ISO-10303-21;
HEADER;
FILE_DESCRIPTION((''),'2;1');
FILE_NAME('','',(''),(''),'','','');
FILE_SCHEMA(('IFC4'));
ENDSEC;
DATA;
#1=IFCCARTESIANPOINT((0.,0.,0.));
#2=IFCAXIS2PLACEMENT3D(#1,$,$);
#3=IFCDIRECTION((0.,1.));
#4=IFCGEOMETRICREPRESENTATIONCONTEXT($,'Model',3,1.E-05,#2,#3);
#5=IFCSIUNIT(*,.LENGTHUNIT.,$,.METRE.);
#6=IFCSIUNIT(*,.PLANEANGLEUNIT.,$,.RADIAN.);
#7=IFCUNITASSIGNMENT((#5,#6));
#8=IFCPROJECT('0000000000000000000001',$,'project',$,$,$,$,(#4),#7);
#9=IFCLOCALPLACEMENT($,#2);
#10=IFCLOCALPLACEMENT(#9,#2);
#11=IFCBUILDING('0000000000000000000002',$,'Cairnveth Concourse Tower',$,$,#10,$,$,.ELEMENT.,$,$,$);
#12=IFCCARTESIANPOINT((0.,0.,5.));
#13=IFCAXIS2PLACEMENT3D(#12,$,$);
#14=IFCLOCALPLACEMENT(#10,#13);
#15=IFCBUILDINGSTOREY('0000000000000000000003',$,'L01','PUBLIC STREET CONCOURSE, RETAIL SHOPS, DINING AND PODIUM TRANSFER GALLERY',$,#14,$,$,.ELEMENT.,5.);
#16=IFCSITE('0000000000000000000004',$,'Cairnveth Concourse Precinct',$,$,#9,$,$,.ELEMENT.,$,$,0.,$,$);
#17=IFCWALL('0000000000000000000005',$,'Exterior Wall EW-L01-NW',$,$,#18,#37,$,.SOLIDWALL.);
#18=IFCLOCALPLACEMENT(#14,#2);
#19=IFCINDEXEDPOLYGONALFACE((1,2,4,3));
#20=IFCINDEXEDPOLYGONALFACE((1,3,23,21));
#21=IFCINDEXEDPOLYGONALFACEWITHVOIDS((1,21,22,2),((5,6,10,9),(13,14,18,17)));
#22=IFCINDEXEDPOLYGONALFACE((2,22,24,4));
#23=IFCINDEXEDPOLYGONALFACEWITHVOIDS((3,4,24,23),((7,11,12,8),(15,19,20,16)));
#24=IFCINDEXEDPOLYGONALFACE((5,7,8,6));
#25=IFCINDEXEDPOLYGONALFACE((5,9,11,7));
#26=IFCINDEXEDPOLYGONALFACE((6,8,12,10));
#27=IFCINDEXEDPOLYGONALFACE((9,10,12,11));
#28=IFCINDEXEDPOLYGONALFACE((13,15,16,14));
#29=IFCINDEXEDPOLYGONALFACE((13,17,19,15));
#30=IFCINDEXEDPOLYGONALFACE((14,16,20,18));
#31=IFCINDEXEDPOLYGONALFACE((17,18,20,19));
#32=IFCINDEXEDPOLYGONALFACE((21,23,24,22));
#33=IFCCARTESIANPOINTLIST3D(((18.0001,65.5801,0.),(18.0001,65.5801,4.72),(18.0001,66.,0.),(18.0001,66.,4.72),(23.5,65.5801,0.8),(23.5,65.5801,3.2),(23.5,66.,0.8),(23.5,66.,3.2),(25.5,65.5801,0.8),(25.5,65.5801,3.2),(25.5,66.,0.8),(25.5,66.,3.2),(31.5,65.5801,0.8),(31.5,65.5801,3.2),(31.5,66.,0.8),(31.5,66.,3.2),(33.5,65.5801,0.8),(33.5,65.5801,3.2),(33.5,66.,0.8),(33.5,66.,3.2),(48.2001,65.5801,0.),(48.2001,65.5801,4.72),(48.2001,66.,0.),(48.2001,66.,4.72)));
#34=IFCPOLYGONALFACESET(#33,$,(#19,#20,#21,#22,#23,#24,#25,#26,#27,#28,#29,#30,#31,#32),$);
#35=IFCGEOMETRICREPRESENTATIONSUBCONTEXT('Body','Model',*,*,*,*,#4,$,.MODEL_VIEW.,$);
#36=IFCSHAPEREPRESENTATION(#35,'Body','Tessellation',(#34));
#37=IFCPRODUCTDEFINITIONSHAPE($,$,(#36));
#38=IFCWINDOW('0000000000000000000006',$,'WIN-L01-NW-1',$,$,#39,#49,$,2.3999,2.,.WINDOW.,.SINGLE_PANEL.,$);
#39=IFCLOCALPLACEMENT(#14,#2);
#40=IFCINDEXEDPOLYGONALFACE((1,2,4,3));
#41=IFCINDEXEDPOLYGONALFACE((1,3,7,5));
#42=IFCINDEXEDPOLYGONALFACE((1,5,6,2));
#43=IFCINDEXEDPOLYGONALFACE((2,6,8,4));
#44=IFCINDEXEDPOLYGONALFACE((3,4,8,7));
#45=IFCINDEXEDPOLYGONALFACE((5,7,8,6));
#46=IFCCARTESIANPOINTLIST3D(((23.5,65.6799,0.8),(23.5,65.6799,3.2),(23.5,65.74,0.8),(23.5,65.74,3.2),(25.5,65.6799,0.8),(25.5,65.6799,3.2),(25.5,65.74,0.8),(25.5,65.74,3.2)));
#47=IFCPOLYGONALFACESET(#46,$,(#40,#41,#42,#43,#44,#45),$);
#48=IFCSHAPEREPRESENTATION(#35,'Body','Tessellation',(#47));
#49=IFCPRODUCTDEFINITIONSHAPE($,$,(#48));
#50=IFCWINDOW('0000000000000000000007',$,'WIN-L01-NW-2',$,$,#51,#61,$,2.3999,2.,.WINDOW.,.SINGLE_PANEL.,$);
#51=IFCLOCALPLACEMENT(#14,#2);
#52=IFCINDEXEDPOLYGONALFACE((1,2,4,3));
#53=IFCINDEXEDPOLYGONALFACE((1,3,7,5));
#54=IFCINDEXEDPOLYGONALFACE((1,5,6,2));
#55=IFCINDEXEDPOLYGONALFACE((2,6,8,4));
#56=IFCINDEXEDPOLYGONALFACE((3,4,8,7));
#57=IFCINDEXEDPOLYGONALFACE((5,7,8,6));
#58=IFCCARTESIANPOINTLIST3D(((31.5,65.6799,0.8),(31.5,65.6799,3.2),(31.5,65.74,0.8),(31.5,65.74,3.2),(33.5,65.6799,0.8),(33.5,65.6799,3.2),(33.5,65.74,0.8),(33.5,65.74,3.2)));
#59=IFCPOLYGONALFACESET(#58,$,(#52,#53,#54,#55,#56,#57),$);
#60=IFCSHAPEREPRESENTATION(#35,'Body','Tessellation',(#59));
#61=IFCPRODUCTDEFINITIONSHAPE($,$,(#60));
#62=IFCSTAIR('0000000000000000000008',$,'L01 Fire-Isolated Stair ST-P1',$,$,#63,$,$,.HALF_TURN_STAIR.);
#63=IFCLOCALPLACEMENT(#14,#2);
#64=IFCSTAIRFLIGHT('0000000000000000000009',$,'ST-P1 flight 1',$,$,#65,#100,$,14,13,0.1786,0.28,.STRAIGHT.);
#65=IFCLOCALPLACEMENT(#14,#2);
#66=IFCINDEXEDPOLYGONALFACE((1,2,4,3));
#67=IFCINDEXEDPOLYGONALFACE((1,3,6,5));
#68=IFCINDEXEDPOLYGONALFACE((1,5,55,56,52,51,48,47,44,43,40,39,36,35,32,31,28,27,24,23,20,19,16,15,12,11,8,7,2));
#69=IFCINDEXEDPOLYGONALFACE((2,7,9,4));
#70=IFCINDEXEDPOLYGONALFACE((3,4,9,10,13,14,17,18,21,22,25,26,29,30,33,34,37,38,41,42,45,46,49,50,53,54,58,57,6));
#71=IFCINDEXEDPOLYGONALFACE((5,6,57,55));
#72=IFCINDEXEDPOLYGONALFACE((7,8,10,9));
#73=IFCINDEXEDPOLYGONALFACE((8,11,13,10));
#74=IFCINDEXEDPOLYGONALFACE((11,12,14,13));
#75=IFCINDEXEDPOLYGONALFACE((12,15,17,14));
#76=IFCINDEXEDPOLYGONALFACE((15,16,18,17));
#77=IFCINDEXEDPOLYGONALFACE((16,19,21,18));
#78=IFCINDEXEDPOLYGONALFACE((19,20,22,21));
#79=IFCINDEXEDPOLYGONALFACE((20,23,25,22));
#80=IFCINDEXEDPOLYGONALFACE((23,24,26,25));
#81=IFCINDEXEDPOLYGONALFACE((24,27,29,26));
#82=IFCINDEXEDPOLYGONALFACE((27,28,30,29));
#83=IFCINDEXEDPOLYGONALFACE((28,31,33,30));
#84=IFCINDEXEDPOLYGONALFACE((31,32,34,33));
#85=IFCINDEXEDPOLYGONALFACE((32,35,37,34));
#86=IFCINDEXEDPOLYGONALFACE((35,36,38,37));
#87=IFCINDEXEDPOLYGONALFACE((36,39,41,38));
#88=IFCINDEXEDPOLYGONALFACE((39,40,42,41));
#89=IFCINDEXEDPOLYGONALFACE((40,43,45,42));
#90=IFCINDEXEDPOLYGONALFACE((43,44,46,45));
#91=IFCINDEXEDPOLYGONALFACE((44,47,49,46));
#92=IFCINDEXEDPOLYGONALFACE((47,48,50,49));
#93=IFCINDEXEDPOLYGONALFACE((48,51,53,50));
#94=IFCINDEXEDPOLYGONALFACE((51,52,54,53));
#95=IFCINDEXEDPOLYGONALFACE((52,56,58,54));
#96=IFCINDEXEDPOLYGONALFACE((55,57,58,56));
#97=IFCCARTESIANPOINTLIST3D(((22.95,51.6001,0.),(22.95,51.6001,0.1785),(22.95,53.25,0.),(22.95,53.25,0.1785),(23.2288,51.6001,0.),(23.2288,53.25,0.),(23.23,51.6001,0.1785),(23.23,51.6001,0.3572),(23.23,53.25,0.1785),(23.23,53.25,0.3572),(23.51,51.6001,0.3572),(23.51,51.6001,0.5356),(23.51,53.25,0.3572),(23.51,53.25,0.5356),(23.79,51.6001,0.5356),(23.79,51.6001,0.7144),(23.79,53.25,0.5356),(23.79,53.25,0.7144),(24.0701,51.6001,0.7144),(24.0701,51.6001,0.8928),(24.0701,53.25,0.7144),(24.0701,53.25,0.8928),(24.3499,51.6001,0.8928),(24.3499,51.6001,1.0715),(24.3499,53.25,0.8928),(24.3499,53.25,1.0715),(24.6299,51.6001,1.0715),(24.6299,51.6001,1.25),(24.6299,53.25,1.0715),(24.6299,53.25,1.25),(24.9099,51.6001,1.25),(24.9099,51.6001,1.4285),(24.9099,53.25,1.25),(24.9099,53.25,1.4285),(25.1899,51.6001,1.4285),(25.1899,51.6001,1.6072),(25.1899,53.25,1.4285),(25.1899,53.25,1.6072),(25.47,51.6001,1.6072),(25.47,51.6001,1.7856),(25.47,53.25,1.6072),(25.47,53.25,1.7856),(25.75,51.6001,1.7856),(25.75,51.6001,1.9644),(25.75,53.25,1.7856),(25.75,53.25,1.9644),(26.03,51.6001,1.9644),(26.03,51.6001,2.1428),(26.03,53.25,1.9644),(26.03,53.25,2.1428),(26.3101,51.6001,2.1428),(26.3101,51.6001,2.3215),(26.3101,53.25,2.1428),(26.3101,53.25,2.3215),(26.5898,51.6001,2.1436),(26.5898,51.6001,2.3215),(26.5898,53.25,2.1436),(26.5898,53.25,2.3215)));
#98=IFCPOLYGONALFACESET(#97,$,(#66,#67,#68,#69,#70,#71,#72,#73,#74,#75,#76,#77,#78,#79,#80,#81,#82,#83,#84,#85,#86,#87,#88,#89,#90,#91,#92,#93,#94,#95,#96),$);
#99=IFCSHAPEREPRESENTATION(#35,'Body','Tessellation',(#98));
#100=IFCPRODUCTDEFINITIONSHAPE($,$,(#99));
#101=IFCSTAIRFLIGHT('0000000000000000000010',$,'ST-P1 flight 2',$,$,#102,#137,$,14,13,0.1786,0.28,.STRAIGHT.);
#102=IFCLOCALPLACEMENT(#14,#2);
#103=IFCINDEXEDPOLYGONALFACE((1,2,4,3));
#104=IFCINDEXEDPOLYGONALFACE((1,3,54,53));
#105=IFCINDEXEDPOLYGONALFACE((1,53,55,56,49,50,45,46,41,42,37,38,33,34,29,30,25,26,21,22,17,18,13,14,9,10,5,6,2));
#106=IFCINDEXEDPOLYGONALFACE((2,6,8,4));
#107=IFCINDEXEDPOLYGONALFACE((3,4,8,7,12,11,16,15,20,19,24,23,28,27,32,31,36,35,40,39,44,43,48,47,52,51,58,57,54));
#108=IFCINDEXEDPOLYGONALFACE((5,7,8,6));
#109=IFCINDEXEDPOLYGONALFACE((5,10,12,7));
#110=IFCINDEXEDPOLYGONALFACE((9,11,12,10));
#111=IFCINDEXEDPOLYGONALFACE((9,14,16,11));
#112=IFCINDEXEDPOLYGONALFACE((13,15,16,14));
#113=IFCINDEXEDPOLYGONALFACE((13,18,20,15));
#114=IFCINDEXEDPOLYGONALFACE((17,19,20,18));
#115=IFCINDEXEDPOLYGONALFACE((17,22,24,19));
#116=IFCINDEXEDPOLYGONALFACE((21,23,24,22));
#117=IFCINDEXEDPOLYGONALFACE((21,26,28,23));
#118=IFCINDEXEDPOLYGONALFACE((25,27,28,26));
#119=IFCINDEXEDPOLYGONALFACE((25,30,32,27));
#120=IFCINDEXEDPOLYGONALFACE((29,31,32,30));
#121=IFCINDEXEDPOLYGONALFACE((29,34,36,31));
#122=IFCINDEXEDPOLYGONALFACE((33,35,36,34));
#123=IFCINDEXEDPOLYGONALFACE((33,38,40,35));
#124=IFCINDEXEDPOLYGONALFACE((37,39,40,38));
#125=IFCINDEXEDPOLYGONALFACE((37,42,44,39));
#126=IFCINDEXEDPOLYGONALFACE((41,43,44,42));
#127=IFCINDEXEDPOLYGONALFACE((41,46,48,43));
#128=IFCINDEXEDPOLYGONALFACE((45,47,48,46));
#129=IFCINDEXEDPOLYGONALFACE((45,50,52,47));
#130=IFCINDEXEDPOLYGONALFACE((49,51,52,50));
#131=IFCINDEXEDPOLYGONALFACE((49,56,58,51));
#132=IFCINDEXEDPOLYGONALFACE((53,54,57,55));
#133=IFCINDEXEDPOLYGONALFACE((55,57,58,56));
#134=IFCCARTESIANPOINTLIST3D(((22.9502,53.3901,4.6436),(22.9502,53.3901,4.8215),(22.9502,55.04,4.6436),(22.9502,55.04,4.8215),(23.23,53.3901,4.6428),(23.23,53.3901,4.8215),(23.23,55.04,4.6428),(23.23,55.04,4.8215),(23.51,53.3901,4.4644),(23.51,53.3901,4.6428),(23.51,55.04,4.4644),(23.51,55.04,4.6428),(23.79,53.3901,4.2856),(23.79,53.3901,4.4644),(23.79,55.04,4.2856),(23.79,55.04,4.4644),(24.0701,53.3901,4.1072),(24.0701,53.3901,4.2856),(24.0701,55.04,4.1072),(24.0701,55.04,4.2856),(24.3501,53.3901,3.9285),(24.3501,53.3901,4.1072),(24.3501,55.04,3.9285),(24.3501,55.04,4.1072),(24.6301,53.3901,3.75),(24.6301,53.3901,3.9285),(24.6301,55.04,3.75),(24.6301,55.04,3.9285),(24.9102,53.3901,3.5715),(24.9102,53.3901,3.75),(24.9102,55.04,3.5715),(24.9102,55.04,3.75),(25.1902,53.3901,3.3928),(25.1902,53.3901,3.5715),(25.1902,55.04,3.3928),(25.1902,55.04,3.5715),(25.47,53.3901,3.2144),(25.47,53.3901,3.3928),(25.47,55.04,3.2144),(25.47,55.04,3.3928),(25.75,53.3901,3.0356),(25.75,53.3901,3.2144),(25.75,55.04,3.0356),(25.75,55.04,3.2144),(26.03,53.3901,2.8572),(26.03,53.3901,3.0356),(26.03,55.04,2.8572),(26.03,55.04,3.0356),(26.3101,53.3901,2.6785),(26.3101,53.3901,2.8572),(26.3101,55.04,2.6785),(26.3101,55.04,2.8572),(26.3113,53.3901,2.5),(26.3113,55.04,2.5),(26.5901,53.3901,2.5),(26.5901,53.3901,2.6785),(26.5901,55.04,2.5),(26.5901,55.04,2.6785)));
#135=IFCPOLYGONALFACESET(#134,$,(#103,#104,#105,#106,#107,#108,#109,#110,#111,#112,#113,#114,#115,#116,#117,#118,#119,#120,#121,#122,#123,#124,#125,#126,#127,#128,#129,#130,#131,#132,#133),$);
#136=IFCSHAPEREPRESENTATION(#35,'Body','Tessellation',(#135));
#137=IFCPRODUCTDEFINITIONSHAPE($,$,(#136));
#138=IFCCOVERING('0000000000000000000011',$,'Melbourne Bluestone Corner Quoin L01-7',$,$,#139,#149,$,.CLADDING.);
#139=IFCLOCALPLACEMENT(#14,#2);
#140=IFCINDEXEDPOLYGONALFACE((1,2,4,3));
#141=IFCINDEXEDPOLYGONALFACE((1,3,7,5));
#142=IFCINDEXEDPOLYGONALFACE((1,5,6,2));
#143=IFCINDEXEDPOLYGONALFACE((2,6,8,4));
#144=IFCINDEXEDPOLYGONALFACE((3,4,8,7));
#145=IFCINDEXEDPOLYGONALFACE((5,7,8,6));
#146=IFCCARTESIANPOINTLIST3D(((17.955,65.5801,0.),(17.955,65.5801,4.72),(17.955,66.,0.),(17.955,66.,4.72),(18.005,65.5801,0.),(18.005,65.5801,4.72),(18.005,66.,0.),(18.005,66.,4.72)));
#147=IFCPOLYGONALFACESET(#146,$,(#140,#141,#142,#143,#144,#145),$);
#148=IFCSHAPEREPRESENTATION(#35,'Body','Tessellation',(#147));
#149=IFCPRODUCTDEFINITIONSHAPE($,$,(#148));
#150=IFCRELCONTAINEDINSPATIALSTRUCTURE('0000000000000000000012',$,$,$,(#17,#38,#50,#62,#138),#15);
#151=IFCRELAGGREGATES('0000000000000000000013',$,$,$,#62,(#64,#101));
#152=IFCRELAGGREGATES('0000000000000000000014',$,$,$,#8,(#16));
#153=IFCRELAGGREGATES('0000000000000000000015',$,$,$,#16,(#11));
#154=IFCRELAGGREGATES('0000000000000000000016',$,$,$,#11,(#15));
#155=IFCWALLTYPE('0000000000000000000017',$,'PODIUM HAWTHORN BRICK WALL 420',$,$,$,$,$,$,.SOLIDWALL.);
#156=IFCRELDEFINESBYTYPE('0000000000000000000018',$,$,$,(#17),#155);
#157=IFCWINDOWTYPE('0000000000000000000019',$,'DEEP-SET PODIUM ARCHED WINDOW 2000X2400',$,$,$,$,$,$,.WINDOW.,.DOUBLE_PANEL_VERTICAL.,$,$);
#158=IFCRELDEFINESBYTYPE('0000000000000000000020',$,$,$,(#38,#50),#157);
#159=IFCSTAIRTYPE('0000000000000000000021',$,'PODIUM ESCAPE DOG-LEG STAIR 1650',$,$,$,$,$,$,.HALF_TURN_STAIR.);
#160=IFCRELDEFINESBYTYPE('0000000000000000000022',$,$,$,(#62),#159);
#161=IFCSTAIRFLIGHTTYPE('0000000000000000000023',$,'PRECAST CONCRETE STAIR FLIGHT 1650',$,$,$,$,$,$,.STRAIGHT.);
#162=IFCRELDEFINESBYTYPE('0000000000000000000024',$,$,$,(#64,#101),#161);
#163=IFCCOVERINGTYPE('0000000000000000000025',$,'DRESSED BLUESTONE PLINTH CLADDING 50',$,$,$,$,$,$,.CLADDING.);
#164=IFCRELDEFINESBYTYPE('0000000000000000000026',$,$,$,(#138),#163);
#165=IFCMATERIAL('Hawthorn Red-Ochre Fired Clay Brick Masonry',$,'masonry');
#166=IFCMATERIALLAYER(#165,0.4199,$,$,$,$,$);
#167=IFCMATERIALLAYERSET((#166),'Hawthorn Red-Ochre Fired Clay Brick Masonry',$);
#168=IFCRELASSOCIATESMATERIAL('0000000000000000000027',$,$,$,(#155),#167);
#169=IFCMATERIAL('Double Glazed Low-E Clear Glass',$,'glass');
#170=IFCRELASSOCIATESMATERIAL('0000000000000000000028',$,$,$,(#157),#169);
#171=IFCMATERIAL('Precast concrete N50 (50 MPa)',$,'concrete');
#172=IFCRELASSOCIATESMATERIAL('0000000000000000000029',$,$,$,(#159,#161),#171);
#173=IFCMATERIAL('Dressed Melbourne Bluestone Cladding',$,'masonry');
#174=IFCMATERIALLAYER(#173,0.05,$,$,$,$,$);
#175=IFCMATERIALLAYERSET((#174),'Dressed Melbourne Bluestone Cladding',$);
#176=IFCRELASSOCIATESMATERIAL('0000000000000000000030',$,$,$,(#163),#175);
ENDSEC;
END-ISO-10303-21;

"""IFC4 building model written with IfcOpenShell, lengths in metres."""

from ifc_helpers import new_model, si_unit, direction, frame, frame_2d, origin, place, context, subcontext, project, spatial, polyline, rectangle, outline, extrude, material, layer, layer_set, type_object, element, fill, aggregate, save


model = new_model("IFC4")

# Units and contexts
model_context = context("Model", 3, precision=1e-05, world=origin(), true_north=direction((0.0, 1.0)))
body_context = subcontext(model_context, "Body", "Model", "MODEL_VIEW")
ifc_project = project(units=[si_unit("LENGTHUNIT", "METRE"), si_unit("PLANEANGLEUNIT", "RADIAN")], contexts=[model_context])

# Site, building, storey
site_placement = place(None, origin())
site = spatial("IfcSite", under=ifc_project, at=site_placement, Name="Cairnveth Concourse Precinct", CompositionType="ELEMENT", RefElevation=0.0)
building_placement = place(site_placement, origin())
building = spatial("IfcBuilding", under=site, at=building_placement, Name="Cairnveth Concourse Tower", CompositionType="ELEMENT")
storey_placement = place(building_placement, frame((0.0, 0.0, 5.0)))
storey = spatial("IfcBuildingStorey", under=building, at=storey_placement, Name="L01", Description="PUBLIC STREET CONCOURSE, RETAIL SHOPS, DINING AND PODIUM TRANSFER GALLERY", CompositionType="ELEMENT", Elevation=5.0)

# Wall, openings, windows
ifc_material_1 = material(Name="Hawthorn Red-Ochre Fired Clay Brick Masonry", Category="masonry")
ifc_layer_1 = layer(ifc_material_1, 0.4199)
ifc_layer_set_1 = layer_set([ifc_layer_1], Name="Hawthorn Red-Ochre Fired Clay Brick Masonry")
wall_type_1 = type_object("IfcWallType", Name="PODIUM HAWTHORN BRICK WALL 420", PredefinedType="SOLIDWALL", material=ifc_layer_set_1)
wall_1_placement = place(storey_placement, frame((18.0, 65.79, 0.0), z_axis=(0.0, 0.0, 1.0), x_axis=(1.0, 0.0, 0.0)))
wall_1 = element("IfcWall", 1, at=wall_1_placement, inside=storey, type_object=wall_type_1, Name="Exterior Wall EW-L01-NW", PredefinedType="SOLIDWALL", context=body_context, shape_type="SweptSolid", body=[
    extrude(rectangle(XDim=30.2, YDim=0.4199, at=frame_2d((15.1001, 0.0))), origin(), (0.0, 0.0, 1.0), 4.72),
])
opening_1_placement = place(wall_1_placement, frame((5.5, 0.0, 0.8)))
opening_1 = element("IfcOpeningElement", 2, at=opening_1_placement, cuts=wall_1, PredefinedType="OPENING", context=body_context, shape_type="SweptSolid", body=[
    extrude(rectangle(XDim=2.0, YDim=2.3999, at=frame_2d((1.0, 1.2))), frame((0.0, 0.22, 0.0), z_axis=(0.0, -1.0, 0.0), x_axis=(1.0, 0.0, 0.0)), (0.0, 0.0, 1.0), 0.4399),
])
opening_2_placement = place(wall_1_placement, frame((13.5, 0.0, 0.8)))
opening_2 = element("IfcOpeningElement", 3, at=opening_2_placement, cuts=wall_1, PredefinedType="OPENING", context=body_context, shape_type="SweptSolid", body=[
    extrude(rectangle(XDim=2.0, YDim=2.3999, at=frame_2d((1.0, 1.2))), frame((0.0, 0.22, 0.0), z_axis=(0.0, -1.0, 0.0), x_axis=(1.0, 0.0, 0.0)), (0.0, 0.0, 1.0), 0.4399),
])
ifc_material_2 = material(Name="Double Glazed Low-E Clear Glass", Category="glass")
window_type = type_object("IfcWindowType", Name="DEEP-SET PODIUM ARCHED WINDOW 2000X2400", PartitioningType="DOUBLE_PANEL_VERTICAL", PredefinedType="WINDOW", material=ifc_material_2)
window_1_placement = place(opening_1_placement, origin())
window_1 = element("IfcWindow", 4, at=window_1_placement, inside=storey, type_object=window_type, Name="WIN-L01-NW-1", OverallHeight=2.3999, OverallWidth=2.0, PartitioningType="SINGLE_PANEL", PredefinedType="WINDOW", context=body_context, shape_type="SweptSolid", body=[
    extrude(rectangle(XDim=2.0, YDim=2.3999, at=frame_2d((1.0, 1.2))), frame((0.0, -0.05, 0.0), z_axis=(0.0, -1.0, 0.0), x_axis=(1.0, 0.0, 0.0)), (0.0, 0.0, 1.0), 0.0601),
])
fill(opening_1, window_1)
window_2_placement = place(opening_2_placement, origin())
window_2 = element("IfcWindow", 5, at=window_2_placement, inside=storey, type_object=window_type, Name="WIN-L01-NW-2", OverallHeight=2.3999, OverallWidth=2.0, PartitioningType="SINGLE_PANEL", PredefinedType="WINDOW", context=body_context, shape_type="SweptSolid", body=[
    extrude(rectangle(XDim=2.0, YDim=2.3999, at=frame_2d((1.0, 1.2))), frame((0.0, -0.05, 0.0), z_axis=(0.0, -1.0, 0.0), x_axis=(1.0, 0.0, 0.0)), (0.0, 0.0, 1.0), 0.0601),
])
fill(opening_2, window_2)

# Stair, stair flights
ifc_material_3 = material(Name="Precast concrete N50 (50 MPa)", Category="concrete")
stair_type = type_object("IfcStairType", Name="PODIUM ESCAPE DOG-LEG STAIR 1650", PredefinedType="HALF_TURN_STAIR", material=ifc_material_3)
stair_placement = place(storey_placement, origin())
stair = element("IfcStair", 6, at=stair_placement, inside=storey, type_object=stair_type, Name="L01 Fire-Isolated Stair ST-P1", PredefinedType="HALF_TURN_STAIR")
stair_flight_type = type_object("IfcStairFlightType", Name="PRECAST CONCRETE STAIR FLIGHT 1650", PredefinedType="STRAIGHT", material=ifc_material_3)
stair_flight_1_placement = place(storey_placement, frame((22.95, 52.425, 0.0), z_axis=(0.0, 0.0, 1.0), x_axis=(1.0, 0.0, 0.0)))
stair_flight_1 = element("IfcStairFlight", 7, at=stair_flight_1_placement, type_object=stair_flight_type, Name="ST-P1 flight 1", NumberOfRisers=14, NumberOfTreads=13, PredefinedType="STRAIGHT", RiserHeight=0.1786, TreadLength=0.28, context=body_context, shape_type="SweptSolid", body=[
    extrude(outline(polyline([(0.0, 0.0), (0.0, 0.1785), (0.28, 0.1785), (0.28, 0.3572), (0.5601, 0.3572), (0.5601, 0.5356), (0.8401, 0.5356), (0.8401, 0.7144), (1.1201, 0.7144), (1.1201, 0.8928), (1.3999, 0.8928), (1.3999, 1.0715), (1.6799, 1.0715), (1.6799, 1.25), (1.96, 1.25), (1.96, 1.4285), (2.24, 1.4285), (2.24, 1.6072), (2.52, 1.6072), (2.52, 1.7856), (2.8, 1.7856), (2.8, 1.9644), (3.0801, 1.9644), (3.0801, 2.1428), (3.3601, 2.1428), (3.3601, 2.3215), (3.6399, 2.3215), (3.6399, 2.5), (3.6399, 2.1436), (0.2788, 0.0), (0.0, 0.0)])), frame((0.0, 0.825, 0.0), z_axis=(0.0, -1.0, 0.0), x_axis=(1.0, 0.0, 0.0)), (0.0, 0.0, 1.0), 1.6499),
])
stair_flight_2_placement = place(storey_placement, frame((26.5901, 54.2151, 2.5), z_axis=(0.0, 0.0, 1.0), x_axis=(-1.0, 0.0, 0.0)))
stair_flight_2 = element("IfcStairFlight", 8, at=stair_flight_2_placement, type_object=stair_flight_type, Name="ST-P1 flight 2", NumberOfRisers=14, NumberOfTreads=13, PredefinedType="STRAIGHT", RiserHeight=0.1786, TreadLength=0.28, context=body_context, shape_type="SweptSolid", body=[
    extrude(outline(polyline([(0.0, 0.0), (0.0, 0.1785), (0.28, 0.1785), (0.28, 0.3572), (0.5601, 0.3572), (0.5601, 0.5356), (0.8401, 0.5356), (0.8401, 0.7144), (1.1201, 0.7144), (1.1201, 0.8928), (1.3999, 0.8928), (1.3999, 1.0715), (1.6799, 1.0715), (1.6799, 1.25), (1.96, 1.25), (1.96, 1.4285), (2.24, 1.4285), (2.24, 1.6072), (2.52, 1.6072), (2.52, 1.7856), (2.8, 1.7856), (2.8, 1.9644), (3.0801, 1.9644), (3.0801, 2.1428), (3.3601, 2.1428), (3.3601, 2.3215), (3.6399, 2.3215), (3.6399, 2.5), (3.6399, 2.1436), (0.2788, 0.0), (0.0, 0.0)])), frame((0.0, 0.825, 0.0), z_axis=(0.0, -1.0, 0.0), x_axis=(1.0, 0.0, 0.0)), (0.0, 0.0, 1.0), 1.6499),
])
aggregate(stair, [stair_flight_1, stair_flight_2])

# Covering
ifc_material_4 = material(Name="Dressed Melbourne Bluestone Cladding", Category="masonry")
ifc_layer_2 = layer(ifc_material_4, 0.05)
ifc_layer_set_2 = layer_set([ifc_layer_2], Name="Dressed Melbourne Bluestone Cladding")
covering_type = type_object("IfcCoveringType", Name="DRESSED BLUESTONE PLINTH CLADDING 50", PredefinedType="CLADDING", material=ifc_layer_set_2)
covering_placement = place(storey_placement, frame((17.98, 65.5801, 0.0), z_axis=(0.0, 0.0, 1.0), x_axis=(0.0, 1.0, 0.0)))
element("IfcCovering", 9, at=covering_placement, inside=storey, type_object=covering_type, Name="Melbourne Bluestone Corner Quoin L01-7", PredefinedType="CLADDING", context=body_context, shape_type="SweptSolid", body=[
    extrude(rectangle(XDim=0.4199, YDim=0.05, at=frame_2d((0.21, 0.0))), origin(), (0.0, 0.0, 1.0), 4.72),
])

save(model, "model.ifc")
